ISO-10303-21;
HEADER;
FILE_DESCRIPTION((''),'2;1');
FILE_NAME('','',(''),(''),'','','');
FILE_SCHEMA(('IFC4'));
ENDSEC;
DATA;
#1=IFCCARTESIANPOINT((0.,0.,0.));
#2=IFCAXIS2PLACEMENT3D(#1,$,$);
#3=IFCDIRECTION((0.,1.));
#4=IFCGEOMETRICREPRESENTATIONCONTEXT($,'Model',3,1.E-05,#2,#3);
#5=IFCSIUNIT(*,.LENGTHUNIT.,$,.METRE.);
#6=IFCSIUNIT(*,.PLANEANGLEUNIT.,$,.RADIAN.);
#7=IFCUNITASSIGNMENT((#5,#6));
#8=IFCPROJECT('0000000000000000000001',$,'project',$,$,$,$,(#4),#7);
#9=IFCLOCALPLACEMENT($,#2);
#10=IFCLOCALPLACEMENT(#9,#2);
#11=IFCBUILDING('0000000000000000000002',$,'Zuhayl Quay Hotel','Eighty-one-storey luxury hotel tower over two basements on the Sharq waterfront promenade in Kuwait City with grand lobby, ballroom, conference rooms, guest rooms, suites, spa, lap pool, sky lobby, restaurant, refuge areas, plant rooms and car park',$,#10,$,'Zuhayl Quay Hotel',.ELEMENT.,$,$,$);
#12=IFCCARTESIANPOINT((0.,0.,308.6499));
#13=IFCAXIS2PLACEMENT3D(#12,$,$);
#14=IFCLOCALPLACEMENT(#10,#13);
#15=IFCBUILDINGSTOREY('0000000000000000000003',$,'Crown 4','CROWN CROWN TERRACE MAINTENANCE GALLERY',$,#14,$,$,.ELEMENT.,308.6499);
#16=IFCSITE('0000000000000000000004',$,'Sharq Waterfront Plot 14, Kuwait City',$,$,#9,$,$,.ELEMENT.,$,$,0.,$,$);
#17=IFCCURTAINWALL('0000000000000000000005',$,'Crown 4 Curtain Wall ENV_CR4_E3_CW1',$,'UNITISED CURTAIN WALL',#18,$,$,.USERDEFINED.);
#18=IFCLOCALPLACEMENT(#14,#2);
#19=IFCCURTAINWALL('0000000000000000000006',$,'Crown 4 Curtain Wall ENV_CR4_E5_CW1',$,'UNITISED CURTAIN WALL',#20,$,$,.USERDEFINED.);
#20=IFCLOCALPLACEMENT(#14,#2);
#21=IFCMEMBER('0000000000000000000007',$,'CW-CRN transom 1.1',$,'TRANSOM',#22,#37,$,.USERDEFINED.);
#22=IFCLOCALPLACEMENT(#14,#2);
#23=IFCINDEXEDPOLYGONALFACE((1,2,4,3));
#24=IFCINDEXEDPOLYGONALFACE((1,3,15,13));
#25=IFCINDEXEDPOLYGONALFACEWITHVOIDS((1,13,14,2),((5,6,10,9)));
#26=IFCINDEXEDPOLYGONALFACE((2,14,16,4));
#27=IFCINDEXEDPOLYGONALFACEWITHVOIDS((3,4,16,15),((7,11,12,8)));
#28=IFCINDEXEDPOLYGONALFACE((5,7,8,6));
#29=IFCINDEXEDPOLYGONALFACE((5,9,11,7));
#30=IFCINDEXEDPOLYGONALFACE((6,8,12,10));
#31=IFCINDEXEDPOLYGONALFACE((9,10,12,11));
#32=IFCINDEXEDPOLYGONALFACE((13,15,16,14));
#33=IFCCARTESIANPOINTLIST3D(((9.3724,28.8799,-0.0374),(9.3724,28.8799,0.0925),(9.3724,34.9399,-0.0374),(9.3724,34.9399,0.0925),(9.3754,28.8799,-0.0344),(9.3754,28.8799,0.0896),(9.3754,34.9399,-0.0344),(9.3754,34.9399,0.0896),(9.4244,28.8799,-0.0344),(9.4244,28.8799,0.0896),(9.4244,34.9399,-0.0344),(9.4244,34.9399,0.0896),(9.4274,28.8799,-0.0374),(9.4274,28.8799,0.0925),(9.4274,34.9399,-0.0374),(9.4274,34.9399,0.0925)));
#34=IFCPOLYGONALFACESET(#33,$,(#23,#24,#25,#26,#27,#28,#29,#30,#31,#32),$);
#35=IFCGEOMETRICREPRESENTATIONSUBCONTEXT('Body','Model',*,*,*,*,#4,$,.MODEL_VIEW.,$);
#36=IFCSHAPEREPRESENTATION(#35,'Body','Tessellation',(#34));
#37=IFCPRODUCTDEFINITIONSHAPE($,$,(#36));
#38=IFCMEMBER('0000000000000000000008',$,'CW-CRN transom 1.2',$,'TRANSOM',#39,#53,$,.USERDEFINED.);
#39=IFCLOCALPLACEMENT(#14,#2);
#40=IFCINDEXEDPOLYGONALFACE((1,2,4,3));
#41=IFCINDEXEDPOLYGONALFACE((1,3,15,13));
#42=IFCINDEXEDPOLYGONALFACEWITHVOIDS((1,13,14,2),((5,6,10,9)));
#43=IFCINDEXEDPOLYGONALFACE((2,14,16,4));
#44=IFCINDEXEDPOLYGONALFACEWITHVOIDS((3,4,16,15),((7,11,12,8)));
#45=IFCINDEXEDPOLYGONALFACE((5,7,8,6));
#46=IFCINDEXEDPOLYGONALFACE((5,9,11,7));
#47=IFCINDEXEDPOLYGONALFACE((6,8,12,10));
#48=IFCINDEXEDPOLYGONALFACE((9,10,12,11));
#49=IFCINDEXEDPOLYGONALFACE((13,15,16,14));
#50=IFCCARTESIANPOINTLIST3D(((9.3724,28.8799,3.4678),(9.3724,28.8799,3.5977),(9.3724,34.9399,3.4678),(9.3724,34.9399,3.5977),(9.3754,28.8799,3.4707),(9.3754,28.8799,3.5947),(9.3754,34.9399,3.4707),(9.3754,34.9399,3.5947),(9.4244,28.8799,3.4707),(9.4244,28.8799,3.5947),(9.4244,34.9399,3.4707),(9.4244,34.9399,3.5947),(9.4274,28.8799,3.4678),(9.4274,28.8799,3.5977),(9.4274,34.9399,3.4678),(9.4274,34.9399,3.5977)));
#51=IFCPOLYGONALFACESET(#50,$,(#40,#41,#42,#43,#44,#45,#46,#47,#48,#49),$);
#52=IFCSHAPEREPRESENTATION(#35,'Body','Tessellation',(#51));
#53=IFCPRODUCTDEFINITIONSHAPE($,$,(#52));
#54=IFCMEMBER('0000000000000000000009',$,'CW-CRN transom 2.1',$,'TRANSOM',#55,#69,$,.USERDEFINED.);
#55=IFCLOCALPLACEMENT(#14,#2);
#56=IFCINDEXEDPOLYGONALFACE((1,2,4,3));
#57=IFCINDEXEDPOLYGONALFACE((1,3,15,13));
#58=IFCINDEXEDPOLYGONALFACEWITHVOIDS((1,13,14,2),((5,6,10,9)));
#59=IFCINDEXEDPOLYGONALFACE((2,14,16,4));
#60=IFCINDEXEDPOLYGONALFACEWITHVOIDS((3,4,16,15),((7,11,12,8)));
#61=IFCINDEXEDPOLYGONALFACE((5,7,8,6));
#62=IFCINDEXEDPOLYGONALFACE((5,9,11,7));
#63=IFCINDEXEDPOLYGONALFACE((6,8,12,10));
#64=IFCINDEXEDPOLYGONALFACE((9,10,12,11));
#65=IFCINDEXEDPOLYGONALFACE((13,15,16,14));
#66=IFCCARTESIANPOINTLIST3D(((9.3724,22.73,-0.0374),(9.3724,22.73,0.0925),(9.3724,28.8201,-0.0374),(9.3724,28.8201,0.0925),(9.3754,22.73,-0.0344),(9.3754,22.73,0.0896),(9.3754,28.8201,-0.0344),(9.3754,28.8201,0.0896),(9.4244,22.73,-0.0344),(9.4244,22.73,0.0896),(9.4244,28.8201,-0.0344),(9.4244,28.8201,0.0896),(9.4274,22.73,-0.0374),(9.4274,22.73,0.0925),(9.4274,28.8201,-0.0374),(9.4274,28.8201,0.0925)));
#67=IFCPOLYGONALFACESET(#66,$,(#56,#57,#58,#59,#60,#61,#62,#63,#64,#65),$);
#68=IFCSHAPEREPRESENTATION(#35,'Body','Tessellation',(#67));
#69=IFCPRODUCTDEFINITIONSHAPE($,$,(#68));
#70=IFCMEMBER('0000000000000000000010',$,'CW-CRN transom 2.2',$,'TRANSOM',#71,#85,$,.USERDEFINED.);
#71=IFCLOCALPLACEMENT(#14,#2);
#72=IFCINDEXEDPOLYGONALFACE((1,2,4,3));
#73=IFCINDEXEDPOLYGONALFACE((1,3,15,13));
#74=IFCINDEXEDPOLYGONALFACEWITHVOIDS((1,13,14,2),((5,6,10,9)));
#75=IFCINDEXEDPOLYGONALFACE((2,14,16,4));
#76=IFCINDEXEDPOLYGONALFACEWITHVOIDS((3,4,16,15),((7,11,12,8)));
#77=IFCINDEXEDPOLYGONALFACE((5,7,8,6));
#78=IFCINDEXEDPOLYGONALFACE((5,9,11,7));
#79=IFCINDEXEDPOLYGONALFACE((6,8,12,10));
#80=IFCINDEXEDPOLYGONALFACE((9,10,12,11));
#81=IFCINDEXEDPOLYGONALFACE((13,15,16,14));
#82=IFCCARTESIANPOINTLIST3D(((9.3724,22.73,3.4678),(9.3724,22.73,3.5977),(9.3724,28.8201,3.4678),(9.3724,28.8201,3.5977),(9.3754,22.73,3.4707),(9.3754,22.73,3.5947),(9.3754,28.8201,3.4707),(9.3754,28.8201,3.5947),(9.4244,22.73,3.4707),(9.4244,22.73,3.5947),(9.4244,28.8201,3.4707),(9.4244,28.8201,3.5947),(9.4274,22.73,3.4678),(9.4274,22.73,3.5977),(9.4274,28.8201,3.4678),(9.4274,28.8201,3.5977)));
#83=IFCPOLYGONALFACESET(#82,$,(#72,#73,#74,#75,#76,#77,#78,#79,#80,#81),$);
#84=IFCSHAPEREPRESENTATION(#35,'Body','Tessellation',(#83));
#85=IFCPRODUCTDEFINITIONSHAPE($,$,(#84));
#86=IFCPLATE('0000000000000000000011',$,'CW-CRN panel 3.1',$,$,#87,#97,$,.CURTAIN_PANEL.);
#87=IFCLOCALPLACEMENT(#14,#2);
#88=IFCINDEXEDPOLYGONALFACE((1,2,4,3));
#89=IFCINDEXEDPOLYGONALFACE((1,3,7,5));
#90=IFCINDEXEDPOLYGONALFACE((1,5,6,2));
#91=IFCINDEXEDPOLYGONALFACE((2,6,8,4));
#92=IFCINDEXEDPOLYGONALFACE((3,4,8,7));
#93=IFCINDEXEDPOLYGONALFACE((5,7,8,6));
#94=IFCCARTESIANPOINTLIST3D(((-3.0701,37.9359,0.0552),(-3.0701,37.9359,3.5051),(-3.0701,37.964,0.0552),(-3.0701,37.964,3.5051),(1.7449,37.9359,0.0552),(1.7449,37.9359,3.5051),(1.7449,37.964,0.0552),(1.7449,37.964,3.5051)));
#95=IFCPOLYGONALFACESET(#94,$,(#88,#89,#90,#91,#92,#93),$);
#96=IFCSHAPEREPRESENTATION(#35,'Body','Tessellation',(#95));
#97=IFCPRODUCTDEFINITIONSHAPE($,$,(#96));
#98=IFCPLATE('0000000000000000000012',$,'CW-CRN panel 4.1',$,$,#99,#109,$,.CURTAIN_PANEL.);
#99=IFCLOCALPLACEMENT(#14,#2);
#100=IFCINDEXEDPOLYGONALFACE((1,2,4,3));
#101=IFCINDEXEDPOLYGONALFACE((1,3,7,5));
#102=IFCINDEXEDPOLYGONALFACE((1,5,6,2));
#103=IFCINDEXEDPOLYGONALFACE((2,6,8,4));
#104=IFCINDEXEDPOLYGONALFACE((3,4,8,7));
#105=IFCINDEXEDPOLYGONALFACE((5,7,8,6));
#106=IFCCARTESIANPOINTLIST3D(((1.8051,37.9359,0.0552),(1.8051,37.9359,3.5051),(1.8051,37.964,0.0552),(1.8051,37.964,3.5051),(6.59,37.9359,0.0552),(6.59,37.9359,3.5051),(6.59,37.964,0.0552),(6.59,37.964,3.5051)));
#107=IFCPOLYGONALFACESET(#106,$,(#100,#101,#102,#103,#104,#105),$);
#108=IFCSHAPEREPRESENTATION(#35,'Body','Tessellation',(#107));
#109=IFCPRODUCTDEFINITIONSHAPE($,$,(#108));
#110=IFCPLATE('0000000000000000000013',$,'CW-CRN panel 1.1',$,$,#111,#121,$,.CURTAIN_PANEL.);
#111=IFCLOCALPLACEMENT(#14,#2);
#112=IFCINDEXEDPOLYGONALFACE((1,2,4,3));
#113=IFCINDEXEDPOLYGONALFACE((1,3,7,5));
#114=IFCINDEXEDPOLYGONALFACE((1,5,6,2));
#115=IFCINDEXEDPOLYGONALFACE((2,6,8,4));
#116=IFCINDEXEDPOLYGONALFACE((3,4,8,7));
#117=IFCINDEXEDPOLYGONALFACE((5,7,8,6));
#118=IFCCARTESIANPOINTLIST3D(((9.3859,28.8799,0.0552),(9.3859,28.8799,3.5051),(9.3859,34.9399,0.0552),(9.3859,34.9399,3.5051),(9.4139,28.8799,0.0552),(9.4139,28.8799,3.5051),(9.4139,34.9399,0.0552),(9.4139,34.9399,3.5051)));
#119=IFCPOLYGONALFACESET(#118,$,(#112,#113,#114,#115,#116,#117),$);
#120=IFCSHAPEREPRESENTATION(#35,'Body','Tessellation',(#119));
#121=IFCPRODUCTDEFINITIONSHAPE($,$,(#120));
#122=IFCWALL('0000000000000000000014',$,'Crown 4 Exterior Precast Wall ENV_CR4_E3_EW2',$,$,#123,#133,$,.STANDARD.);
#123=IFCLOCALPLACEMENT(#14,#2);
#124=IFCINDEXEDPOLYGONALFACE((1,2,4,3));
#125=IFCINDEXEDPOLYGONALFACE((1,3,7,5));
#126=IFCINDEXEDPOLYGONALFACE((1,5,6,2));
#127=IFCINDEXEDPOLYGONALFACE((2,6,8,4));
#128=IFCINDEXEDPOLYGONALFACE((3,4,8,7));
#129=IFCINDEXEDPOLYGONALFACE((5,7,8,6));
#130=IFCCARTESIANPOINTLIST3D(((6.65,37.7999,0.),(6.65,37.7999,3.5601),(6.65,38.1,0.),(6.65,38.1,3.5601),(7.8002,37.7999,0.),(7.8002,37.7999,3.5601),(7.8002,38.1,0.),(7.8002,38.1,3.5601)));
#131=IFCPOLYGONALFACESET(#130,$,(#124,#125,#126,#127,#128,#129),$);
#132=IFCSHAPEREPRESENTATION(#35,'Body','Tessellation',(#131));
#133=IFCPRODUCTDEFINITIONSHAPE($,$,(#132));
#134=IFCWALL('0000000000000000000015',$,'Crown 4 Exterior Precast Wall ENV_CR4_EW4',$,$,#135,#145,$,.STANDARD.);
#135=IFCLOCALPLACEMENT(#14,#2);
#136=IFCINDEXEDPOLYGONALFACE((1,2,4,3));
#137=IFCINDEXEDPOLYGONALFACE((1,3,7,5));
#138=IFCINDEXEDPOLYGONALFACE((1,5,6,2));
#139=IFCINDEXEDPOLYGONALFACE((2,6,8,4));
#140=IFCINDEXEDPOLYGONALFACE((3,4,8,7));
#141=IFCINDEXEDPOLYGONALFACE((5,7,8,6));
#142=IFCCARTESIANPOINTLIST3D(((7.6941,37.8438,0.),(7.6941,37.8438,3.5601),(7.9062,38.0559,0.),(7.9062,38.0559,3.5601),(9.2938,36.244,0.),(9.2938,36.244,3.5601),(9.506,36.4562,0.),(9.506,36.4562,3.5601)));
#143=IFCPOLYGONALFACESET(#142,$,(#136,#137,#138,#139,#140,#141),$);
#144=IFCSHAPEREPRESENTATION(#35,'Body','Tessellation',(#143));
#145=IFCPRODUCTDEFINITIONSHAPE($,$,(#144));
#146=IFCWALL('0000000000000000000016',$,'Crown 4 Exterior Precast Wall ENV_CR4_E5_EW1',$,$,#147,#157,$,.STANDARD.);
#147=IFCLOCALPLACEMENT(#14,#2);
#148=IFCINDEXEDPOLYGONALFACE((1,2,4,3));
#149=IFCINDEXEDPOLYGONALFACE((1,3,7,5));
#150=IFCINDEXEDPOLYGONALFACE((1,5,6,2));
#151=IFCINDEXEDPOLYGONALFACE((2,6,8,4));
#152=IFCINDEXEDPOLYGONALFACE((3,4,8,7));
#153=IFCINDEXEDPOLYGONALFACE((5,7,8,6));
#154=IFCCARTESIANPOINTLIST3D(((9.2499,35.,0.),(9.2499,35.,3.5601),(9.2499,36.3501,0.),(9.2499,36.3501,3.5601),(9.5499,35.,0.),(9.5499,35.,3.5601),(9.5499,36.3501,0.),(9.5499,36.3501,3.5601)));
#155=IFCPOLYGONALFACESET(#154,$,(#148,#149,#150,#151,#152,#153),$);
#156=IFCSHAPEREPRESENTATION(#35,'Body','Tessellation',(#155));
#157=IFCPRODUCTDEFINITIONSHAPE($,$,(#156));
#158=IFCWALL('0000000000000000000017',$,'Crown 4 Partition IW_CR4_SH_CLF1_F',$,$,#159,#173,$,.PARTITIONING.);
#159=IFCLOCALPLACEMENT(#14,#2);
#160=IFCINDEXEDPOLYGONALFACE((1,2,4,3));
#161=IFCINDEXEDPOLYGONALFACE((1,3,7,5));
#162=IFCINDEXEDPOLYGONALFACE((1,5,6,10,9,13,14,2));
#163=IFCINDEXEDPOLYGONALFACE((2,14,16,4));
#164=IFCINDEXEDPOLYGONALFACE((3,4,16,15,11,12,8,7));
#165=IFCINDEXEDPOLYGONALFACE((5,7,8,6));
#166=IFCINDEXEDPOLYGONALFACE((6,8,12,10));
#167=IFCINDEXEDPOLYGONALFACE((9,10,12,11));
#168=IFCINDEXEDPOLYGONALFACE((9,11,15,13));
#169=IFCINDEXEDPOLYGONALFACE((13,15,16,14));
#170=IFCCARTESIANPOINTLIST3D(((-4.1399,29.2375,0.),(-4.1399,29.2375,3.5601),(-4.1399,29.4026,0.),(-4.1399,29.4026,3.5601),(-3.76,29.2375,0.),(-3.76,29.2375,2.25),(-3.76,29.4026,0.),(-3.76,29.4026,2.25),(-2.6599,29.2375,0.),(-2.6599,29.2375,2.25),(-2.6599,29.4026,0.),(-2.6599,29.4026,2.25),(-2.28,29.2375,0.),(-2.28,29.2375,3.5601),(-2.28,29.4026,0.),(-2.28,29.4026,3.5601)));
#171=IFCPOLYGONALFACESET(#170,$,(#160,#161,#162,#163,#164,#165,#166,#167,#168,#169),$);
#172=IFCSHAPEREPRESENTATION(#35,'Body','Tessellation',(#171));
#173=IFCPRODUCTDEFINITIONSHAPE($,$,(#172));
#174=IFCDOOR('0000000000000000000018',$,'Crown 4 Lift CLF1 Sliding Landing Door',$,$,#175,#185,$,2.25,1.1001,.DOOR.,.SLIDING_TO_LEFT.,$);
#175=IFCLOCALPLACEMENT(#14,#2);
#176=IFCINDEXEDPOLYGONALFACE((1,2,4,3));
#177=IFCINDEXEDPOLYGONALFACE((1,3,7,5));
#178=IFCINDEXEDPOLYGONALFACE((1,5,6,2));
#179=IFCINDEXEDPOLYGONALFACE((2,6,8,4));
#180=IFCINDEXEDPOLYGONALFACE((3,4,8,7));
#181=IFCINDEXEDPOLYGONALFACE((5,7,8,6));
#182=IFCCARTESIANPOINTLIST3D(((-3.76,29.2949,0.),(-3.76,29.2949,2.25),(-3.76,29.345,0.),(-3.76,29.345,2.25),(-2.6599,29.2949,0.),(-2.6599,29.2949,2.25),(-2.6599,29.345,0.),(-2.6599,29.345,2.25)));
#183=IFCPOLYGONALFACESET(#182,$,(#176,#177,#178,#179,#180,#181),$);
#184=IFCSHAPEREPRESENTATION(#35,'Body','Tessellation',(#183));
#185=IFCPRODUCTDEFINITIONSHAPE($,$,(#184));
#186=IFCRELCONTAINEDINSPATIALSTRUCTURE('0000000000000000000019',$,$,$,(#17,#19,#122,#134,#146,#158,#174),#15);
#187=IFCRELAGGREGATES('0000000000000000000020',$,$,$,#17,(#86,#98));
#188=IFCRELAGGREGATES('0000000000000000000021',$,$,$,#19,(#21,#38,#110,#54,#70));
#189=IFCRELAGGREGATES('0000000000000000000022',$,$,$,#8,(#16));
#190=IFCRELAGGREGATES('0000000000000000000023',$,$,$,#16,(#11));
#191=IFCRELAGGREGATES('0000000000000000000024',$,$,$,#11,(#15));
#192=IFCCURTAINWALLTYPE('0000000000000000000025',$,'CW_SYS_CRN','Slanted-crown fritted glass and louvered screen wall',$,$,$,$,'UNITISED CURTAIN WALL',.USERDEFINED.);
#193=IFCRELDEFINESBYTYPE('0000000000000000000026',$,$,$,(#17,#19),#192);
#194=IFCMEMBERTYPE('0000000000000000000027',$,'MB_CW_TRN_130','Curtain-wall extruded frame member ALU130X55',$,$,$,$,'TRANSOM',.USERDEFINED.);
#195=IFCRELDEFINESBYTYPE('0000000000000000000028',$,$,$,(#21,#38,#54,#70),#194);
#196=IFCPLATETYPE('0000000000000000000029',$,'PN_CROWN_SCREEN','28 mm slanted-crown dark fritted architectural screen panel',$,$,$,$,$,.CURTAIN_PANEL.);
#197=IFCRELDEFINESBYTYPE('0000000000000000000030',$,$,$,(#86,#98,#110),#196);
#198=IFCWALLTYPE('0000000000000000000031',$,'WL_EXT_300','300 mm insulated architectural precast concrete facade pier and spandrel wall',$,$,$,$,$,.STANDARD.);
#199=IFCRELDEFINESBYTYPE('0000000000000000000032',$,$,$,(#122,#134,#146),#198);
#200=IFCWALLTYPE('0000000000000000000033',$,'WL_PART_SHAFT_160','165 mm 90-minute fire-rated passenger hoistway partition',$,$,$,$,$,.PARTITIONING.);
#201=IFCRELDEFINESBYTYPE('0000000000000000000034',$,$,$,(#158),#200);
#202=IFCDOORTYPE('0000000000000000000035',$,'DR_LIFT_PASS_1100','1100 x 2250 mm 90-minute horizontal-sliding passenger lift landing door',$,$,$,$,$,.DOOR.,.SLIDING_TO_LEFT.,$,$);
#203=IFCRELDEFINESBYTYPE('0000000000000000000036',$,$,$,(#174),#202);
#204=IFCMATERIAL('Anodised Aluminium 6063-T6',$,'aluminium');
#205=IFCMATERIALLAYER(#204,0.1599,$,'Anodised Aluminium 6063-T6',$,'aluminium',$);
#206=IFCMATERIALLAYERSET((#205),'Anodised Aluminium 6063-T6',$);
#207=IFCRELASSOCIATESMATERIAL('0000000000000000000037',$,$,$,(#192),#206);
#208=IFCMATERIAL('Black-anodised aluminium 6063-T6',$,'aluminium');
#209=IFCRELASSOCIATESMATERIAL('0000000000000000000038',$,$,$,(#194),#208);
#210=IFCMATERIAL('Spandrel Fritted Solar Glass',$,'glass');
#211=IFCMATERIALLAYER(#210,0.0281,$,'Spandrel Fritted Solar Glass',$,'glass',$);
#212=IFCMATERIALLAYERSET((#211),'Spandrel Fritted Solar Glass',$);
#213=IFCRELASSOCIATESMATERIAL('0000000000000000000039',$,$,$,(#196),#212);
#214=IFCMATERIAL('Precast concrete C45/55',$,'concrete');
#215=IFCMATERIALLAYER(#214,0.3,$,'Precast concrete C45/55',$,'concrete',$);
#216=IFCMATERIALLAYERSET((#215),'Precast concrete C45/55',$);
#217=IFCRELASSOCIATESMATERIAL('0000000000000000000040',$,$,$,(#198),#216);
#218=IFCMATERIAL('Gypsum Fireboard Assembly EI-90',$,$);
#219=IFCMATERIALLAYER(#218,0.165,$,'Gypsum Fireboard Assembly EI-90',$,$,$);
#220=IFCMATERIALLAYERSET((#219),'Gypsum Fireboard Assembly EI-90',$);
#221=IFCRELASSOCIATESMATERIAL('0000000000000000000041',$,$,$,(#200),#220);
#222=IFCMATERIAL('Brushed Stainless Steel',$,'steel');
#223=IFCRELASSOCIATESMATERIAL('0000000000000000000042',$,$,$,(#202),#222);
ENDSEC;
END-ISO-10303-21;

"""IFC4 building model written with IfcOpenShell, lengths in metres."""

from ifc_helpers import new_model, si_unit, direction, frame, frame_2d, origin, origin_2d, place, context, subcontext, project, spatial, rectangle, hollow_rectangle, extrude, material, layer, layer_set, material_profile, profile_set, type_object, element, fill, aggregate, save


model = new_model("IFC4")

# Units and contexts
model_context = context("Model", 3, precision=1e-05, world=origin(), true_north=direction((0.0, 1.0)))
body_context = subcontext(model_context, "Body", "Model", "MODEL_VIEW")
ifc_project = project(units=[si_unit("LENGTHUNIT", "METRE"), si_unit("PLANEANGLEUNIT", "RADIAN")], contexts=[model_context])

# Site, building, storey
site_placement = place(None, origin())
site = spatial("IfcSite", under=ifc_project, at=site_placement, Name="Sharq Waterfront Plot 14, Kuwait City", CompositionType="ELEMENT", RefElevation=0.0)
building_placement = place(site_placement, origin())
building = spatial("IfcBuilding", under=site, at=building_placement, Name="Zuhayl Quay Hotel", Description="Eighty-one-storey luxury hotel tower over two basements on the Sharq waterfront promenade in Kuwait City with grand lobby, ballroom, conference rooms, guest rooms, suites, spa, lap pool, sky lobby, restaurant, refuge areas, plant rooms and car park", LongName="Zuhayl Quay Hotel", CompositionType="ELEMENT")
storey_placement = place(building_placement, frame((0.0, 0.0, 308.6499)))
storey = spatial("IfcBuildingStorey", under=building, at=storey_placement, Name="Crown 4", Description="CROWN CROWN TERRACE MAINTENANCE GALLERY", CompositionType="ELEMENT", Elevation=308.6499)

# Curtain walls
ifc_material_1 = material(Name="Anodised Aluminium 6063-T6", Category="aluminium")
ifc_layer_1 = layer(ifc_material_1, 0.1599, Name="Anodised Aluminium 6063-T6", Category="aluminium")
ifc_layer_set_1 = layer_set([ifc_layer_1], Name="Anodised Aluminium 6063-T6")
curtain_wall_type = type_object("IfcCurtainWallType", Name="CW_SYS_CRN", Description="Slanted-crown fritted glass and louvered screen wall", ElementType="UNITISED CURTAIN WALL", PredefinedType="USERDEFINED", material=ifc_layer_set_1)
curtain_wall_1_placement = place(storey_placement, origin())
curtain_wall_1 = element("IfcCurtainWall", 1, at=curtain_wall_1_placement, inside=storey, type_object=curtain_wall_type, Name="Crown 4 Curtain Wall ENV_CR4_E3_CW1", ObjectType="UNITISED CURTAIN WALL", PredefinedType="USERDEFINED")
ifc_material_2 = material(Name="Black-anodised aluminium 6063-T6", Category="aluminium")
curtain_wall_2_placement = place(storey_placement, origin())
curtain_wall_2 = element("IfcCurtainWall", 2, at=curtain_wall_2_placement, inside=storey, type_object=curtain_wall_type, Name="Crown 4 Curtain Wall ENV_CR4_E5_CW1", ObjectType="UNITISED CURTAIN WALL", PredefinedType="USERDEFINED")

# Members
ifc_material_profile_1 = material_profile(ifc_material_2, hollow_rectangle(XDim=0.0549, YDim=0.1299, WallThickness=0.0029, at=origin_2d()), Name="ALU130X55")
ifc_profile_set_1 = profile_set([ifc_material_profile_1], Name="Black-anodised aluminium 6063-T6")
member_type_1 = type_object("IfcMemberType", Name="MB_CW_TRN_130", Description="Curtain-wall extruded frame member ALU130X55", ElementType="TRANSOM", PredefinedType="USERDEFINED", material=ifc_profile_set_1)
member_1_placement = place(storey_placement, frame((9.3999, 34.9399, 0.0276), z_axis=(0.0, -1.0, 0.0), x_axis=(1.0, 0.0, 0.0)))
member_1 = element("IfcMember", 3, at=member_1_placement, type_object=member_type_1, Name="CW-CRN transom 1.1", ObjectType="TRANSOM", PredefinedType="USERDEFINED", context=body_context, shape_type="SweptSolid", body=[
    extrude(hollow_rectangle(XDim=0.0549, YDim=0.1299, WallThickness=0.0029, at=origin_2d()), origin(), (0.0, 0.0, 1.0), 6.0601),
])
member_2_placement = place(storey_placement, frame((9.3999, 34.9399, 3.5327), z_axis=(0.0, -1.0, 0.0), x_axis=(1.0, 0.0, 0.0)))
member_2 = element("IfcMember", 4, at=member_2_placement, type_object=member_type_1, Name="CW-CRN transom 1.2", ObjectType="TRANSOM", PredefinedType="USERDEFINED", context=body_context, shape_type="SweptSolid", body=[
    extrude(hollow_rectangle(XDim=0.0549, YDim=0.1299, WallThickness=0.0029, at=origin_2d()), origin(), (0.0, 0.0, 1.0), 6.0601),
])
member_3_placement = place(storey_placement, frame((9.3999, 28.8201, 0.0276), z_axis=(0.0, -1.0, 0.0), x_axis=(1.0, 0.0, 0.0)))
member_3 = element("IfcMember", 5, at=member_3_placement, type_object=member_type_1, Name="CW-CRN transom 2.1", ObjectType="TRANSOM", PredefinedType="USERDEFINED", context=body_context, shape_type="SweptSolid", body=[
    extrude(hollow_rectangle(XDim=0.0549, YDim=0.1299, WallThickness=0.0029, at=origin_2d()), origin(), (0.0, 0.0, 1.0), 6.0901),
])
member_4_placement = place(storey_placement, frame((9.3999, 28.8201, 3.5327), z_axis=(0.0, -1.0, 0.0), x_axis=(1.0, 0.0, 0.0)))
member_4 = element("IfcMember", 6, at=member_4_placement, type_object=member_type_1, Name="CW-CRN transom 2.2", ObjectType="TRANSOM", PredefinedType="USERDEFINED", context=body_context, shape_type="SweptSolid", body=[
    extrude(hollow_rectangle(XDim=0.0549, YDim=0.1299, WallThickness=0.0029, at=origin_2d()), origin(), (0.0, 0.0, 1.0), 6.0901),
])

# Plates
ifc_material_3 = material(Name="Spandrel Fritted Solar Glass", Category="glass")
ifc_layer_2 = layer(ifc_material_3, 0.0281, Name="Spandrel Fritted Solar Glass", Category="glass")
ifc_layer_set_2 = layer_set([ifc_layer_2], Name="Spandrel Fritted Solar Glass")
plate_type = type_object("IfcPlateType", Name="PN_CROWN_SCREEN", Description="28 mm slanted-crown dark fritted architectural screen panel", PredefinedType="CURTAIN_PANEL", material=ifc_layer_set_2)
plate_1_placement = place(storey_placement, frame((-0.6626, 37.95, 0.0552), z_axis=(0.0, 0.0, 1.0), x_axis=(1.0, 0.0, 0.0)))
plate_1 = element("IfcPlate", 7, at=plate_1_placement, type_object=plate_type, Name="CW-CRN panel 3.1", PredefinedType="CURTAIN_PANEL", context=body_context, shape_type="SweptSolid", body=[
    extrude(rectangle(XDim=4.8149, YDim=0.0281, at=origin_2d()), origin(), (0.0, 0.0, 1.0), 3.45),
])
plate_2_placement = place(storey_placement, frame((4.1975, 37.95, 0.0552), z_axis=(0.0, 0.0, 1.0), x_axis=(1.0, 0.0, 0.0)))
plate_2 = element("IfcPlate", 8, at=plate_2_placement, type_object=plate_type, Name="CW-CRN panel 4.1", PredefinedType="CURTAIN_PANEL", context=body_context, shape_type="SweptSolid", body=[
    extrude(rectangle(XDim=4.7849, YDim=0.0281, at=origin_2d()), origin(), (0.0, 0.0, 1.0), 3.45),
])
aggregate(curtain_wall_1, [plate_1, plate_2])
plate_3_placement = place(storey_placement, frame((9.3999, 31.9099, 0.0552), z_axis=(0.0, 0.0, 1.0), x_axis=(0.0, -1.0, 0.0)))
plate_3 = element("IfcPlate", 9, at=plate_3_placement, type_object=plate_type, Name="CW-CRN panel 1.1", PredefinedType="CURTAIN_PANEL", context=body_context, shape_type="SweptSolid", body=[
    extrude(rectangle(XDim=6.0601, YDim=0.0281, at=origin_2d()), origin(), (0.0, 0.0, 1.0), 3.45),
])
aggregate(curtain_wall_2, [member_1, member_2, plate_3, member_3, member_4])

# Walls
ifc_material_4 = material(Name="Precast concrete C45/55", Category="concrete")
ifc_layer_3 = layer(ifc_material_4, 0.3, Name="Precast concrete C45/55", Category="concrete")
ifc_layer_set_3 = layer_set([ifc_layer_3], Name="Precast concrete C45/55")
wall_type_1 = type_object("IfcWallType", Name="WL_EXT_300", Description="300 mm insulated architectural precast concrete facade pier and spandrel wall", PredefinedType="STANDARD", material=ifc_layer_set_3)
wall_1_placement = place(storey_placement, frame((6.6499, 37.95, 0.0), z_axis=(0.0, 0.0, 1.0), x_axis=(1.0, 0.0, 0.0)))
element("IfcWall", 10, at=wall_1_placement, inside=storey, type_object=wall_type_1, Name="Crown 4 Exterior Precast Wall ENV_CR4_E3_EW2", PredefinedType="STANDARD", context=body_context, shape_type="SweptSolid", body=[
    extrude(rectangle(XDim=1.1501, YDim=0.3, at=frame_2d((0.5752, 0.0))), origin(), (0.0, 0.0, 1.0), 3.5601),
])
wall_2_placement = place(storey_placement, frame((7.8, 37.95, 0.0), z_axis=(0.0, 0.0, 1.0), x_axis=(0.707107, -0.707107, 0.0)))
element("IfcWall", 11, at=wall_2_placement, inside=storey, type_object=wall_type_1, Name="Crown 4 Exterior Precast Wall ENV_CR4_EW4", PredefinedType="STANDARD", context=body_context, shape_type="SweptSolid", body=[
    extrude(rectangle(XDim=2.2625, YDim=0.3, at=frame_2d((1.1313, 0.0))), origin(), (0.0, 0.0, 1.0), 3.5601),
])
wall_3_placement = place(storey_placement, frame((9.3999, 36.3501, 0.0), z_axis=(0.0, 0.0, 1.0), x_axis=(0.0, -1.0, 0.0)))
element("IfcWall", 12, at=wall_3_placement, inside=storey, type_object=wall_type_1, Name="Crown 4 Exterior Precast Wall ENV_CR4_E5_EW1", PredefinedType="STANDARD", context=body_context, shape_type="SweptSolid", body=[
    extrude(rectangle(XDim=1.3501, YDim=0.3, at=frame_2d((0.675, 0.0))), origin(), (0.0, 0.0, 1.0), 3.5601),
])

# Wall, opening, door
ifc_material_5 = material(Name="Gypsum Fireboard Assembly EI-90")
ifc_layer_4 = layer(ifc_material_5, 0.165, Name="Gypsum Fireboard Assembly EI-90")
ifc_layer_set_4 = layer_set([ifc_layer_4], Name="Gypsum Fireboard Assembly EI-90")
wall_type_2 = type_object("IfcWallType", Name="WL_PART_SHAFT_160", Description="165 mm 90-minute fire-rated passenger hoistway partition", PredefinedType="PARTITIONING", material=ifc_layer_set_4)
wall_4_placement = place(storey_placement, frame((-4.1399, 29.3201, 0.0), z_axis=(0.0, 0.0, 1.0), x_axis=(1.0, 0.0, 0.0)))
wall_4 = element("IfcWall", 13, at=wall_4_placement, inside=storey, type_object=wall_type_2, Name="Crown 4 Partition IW_CR4_SH_CLF1_F", PredefinedType="PARTITIONING", context=body_context, shape_type="SweptSolid", body=[
    extrude(rectangle(XDim=1.8599, YDim=0.165, at=frame_2d((0.9299, 0.0))), origin(), (0.0, 0.0, 1.0), 3.5601),
])
opening_1_placement = place(wall_4_placement, frame((0.3799, 0.0, 0.0)))
opening_1 = element("IfcOpeningElement", 14, at=opening_1_placement, cuts=wall_4, PredefinedType="OPENING", context=body_context, shape_type="SweptSolid", body=[
    extrude(rectangle(XDim=1.1001, YDim=2.25, at=frame_2d((0.55, 1.125))), frame((0.0, 0.0925, 0.0), z_axis=(0.0, -1.0, 0.0), x_axis=(1.0, 0.0, 0.0)), (0.0, 0.0, 1.0), 0.1851),
])
ifc_material_6 = material(Name="Brushed Stainless Steel", Category="steel")
door_type_1 = type_object("IfcDoorType", Name="DR_LIFT_PASS_1100", Description="1100 x 2250 mm 90-minute horizontal-sliding passenger lift landing door", OperationType="SLIDING_TO_LEFT", PredefinedType="DOOR", material=ifc_material_6)
door_1_placement = place(opening_1_placement, origin())
door_1 = element("IfcDoor", 15, at=door_1_placement, inside=storey, type_object=door_type_1, Name="Crown 4 Lift CLF1 Sliding Landing Door", OperationType="SLIDING_TO_LEFT", OverallHeight=2.25, OverallWidth=1.1001, PredefinedType="DOOR", context=body_context, shape_type="SweptSolid", body=[
    extrude(rectangle(XDim=1.1001, YDim=2.25, at=frame_2d((0.55, 1.125))), frame((0.0, 0.0249, 0.0), z_axis=(0.0, -1.0, 0.0), x_axis=(1.0, 0.0, 0.0)), (0.0, 0.0, 1.0), 0.05),
])
fill(opening_1, door_1)

save(model, "model.ifc")
